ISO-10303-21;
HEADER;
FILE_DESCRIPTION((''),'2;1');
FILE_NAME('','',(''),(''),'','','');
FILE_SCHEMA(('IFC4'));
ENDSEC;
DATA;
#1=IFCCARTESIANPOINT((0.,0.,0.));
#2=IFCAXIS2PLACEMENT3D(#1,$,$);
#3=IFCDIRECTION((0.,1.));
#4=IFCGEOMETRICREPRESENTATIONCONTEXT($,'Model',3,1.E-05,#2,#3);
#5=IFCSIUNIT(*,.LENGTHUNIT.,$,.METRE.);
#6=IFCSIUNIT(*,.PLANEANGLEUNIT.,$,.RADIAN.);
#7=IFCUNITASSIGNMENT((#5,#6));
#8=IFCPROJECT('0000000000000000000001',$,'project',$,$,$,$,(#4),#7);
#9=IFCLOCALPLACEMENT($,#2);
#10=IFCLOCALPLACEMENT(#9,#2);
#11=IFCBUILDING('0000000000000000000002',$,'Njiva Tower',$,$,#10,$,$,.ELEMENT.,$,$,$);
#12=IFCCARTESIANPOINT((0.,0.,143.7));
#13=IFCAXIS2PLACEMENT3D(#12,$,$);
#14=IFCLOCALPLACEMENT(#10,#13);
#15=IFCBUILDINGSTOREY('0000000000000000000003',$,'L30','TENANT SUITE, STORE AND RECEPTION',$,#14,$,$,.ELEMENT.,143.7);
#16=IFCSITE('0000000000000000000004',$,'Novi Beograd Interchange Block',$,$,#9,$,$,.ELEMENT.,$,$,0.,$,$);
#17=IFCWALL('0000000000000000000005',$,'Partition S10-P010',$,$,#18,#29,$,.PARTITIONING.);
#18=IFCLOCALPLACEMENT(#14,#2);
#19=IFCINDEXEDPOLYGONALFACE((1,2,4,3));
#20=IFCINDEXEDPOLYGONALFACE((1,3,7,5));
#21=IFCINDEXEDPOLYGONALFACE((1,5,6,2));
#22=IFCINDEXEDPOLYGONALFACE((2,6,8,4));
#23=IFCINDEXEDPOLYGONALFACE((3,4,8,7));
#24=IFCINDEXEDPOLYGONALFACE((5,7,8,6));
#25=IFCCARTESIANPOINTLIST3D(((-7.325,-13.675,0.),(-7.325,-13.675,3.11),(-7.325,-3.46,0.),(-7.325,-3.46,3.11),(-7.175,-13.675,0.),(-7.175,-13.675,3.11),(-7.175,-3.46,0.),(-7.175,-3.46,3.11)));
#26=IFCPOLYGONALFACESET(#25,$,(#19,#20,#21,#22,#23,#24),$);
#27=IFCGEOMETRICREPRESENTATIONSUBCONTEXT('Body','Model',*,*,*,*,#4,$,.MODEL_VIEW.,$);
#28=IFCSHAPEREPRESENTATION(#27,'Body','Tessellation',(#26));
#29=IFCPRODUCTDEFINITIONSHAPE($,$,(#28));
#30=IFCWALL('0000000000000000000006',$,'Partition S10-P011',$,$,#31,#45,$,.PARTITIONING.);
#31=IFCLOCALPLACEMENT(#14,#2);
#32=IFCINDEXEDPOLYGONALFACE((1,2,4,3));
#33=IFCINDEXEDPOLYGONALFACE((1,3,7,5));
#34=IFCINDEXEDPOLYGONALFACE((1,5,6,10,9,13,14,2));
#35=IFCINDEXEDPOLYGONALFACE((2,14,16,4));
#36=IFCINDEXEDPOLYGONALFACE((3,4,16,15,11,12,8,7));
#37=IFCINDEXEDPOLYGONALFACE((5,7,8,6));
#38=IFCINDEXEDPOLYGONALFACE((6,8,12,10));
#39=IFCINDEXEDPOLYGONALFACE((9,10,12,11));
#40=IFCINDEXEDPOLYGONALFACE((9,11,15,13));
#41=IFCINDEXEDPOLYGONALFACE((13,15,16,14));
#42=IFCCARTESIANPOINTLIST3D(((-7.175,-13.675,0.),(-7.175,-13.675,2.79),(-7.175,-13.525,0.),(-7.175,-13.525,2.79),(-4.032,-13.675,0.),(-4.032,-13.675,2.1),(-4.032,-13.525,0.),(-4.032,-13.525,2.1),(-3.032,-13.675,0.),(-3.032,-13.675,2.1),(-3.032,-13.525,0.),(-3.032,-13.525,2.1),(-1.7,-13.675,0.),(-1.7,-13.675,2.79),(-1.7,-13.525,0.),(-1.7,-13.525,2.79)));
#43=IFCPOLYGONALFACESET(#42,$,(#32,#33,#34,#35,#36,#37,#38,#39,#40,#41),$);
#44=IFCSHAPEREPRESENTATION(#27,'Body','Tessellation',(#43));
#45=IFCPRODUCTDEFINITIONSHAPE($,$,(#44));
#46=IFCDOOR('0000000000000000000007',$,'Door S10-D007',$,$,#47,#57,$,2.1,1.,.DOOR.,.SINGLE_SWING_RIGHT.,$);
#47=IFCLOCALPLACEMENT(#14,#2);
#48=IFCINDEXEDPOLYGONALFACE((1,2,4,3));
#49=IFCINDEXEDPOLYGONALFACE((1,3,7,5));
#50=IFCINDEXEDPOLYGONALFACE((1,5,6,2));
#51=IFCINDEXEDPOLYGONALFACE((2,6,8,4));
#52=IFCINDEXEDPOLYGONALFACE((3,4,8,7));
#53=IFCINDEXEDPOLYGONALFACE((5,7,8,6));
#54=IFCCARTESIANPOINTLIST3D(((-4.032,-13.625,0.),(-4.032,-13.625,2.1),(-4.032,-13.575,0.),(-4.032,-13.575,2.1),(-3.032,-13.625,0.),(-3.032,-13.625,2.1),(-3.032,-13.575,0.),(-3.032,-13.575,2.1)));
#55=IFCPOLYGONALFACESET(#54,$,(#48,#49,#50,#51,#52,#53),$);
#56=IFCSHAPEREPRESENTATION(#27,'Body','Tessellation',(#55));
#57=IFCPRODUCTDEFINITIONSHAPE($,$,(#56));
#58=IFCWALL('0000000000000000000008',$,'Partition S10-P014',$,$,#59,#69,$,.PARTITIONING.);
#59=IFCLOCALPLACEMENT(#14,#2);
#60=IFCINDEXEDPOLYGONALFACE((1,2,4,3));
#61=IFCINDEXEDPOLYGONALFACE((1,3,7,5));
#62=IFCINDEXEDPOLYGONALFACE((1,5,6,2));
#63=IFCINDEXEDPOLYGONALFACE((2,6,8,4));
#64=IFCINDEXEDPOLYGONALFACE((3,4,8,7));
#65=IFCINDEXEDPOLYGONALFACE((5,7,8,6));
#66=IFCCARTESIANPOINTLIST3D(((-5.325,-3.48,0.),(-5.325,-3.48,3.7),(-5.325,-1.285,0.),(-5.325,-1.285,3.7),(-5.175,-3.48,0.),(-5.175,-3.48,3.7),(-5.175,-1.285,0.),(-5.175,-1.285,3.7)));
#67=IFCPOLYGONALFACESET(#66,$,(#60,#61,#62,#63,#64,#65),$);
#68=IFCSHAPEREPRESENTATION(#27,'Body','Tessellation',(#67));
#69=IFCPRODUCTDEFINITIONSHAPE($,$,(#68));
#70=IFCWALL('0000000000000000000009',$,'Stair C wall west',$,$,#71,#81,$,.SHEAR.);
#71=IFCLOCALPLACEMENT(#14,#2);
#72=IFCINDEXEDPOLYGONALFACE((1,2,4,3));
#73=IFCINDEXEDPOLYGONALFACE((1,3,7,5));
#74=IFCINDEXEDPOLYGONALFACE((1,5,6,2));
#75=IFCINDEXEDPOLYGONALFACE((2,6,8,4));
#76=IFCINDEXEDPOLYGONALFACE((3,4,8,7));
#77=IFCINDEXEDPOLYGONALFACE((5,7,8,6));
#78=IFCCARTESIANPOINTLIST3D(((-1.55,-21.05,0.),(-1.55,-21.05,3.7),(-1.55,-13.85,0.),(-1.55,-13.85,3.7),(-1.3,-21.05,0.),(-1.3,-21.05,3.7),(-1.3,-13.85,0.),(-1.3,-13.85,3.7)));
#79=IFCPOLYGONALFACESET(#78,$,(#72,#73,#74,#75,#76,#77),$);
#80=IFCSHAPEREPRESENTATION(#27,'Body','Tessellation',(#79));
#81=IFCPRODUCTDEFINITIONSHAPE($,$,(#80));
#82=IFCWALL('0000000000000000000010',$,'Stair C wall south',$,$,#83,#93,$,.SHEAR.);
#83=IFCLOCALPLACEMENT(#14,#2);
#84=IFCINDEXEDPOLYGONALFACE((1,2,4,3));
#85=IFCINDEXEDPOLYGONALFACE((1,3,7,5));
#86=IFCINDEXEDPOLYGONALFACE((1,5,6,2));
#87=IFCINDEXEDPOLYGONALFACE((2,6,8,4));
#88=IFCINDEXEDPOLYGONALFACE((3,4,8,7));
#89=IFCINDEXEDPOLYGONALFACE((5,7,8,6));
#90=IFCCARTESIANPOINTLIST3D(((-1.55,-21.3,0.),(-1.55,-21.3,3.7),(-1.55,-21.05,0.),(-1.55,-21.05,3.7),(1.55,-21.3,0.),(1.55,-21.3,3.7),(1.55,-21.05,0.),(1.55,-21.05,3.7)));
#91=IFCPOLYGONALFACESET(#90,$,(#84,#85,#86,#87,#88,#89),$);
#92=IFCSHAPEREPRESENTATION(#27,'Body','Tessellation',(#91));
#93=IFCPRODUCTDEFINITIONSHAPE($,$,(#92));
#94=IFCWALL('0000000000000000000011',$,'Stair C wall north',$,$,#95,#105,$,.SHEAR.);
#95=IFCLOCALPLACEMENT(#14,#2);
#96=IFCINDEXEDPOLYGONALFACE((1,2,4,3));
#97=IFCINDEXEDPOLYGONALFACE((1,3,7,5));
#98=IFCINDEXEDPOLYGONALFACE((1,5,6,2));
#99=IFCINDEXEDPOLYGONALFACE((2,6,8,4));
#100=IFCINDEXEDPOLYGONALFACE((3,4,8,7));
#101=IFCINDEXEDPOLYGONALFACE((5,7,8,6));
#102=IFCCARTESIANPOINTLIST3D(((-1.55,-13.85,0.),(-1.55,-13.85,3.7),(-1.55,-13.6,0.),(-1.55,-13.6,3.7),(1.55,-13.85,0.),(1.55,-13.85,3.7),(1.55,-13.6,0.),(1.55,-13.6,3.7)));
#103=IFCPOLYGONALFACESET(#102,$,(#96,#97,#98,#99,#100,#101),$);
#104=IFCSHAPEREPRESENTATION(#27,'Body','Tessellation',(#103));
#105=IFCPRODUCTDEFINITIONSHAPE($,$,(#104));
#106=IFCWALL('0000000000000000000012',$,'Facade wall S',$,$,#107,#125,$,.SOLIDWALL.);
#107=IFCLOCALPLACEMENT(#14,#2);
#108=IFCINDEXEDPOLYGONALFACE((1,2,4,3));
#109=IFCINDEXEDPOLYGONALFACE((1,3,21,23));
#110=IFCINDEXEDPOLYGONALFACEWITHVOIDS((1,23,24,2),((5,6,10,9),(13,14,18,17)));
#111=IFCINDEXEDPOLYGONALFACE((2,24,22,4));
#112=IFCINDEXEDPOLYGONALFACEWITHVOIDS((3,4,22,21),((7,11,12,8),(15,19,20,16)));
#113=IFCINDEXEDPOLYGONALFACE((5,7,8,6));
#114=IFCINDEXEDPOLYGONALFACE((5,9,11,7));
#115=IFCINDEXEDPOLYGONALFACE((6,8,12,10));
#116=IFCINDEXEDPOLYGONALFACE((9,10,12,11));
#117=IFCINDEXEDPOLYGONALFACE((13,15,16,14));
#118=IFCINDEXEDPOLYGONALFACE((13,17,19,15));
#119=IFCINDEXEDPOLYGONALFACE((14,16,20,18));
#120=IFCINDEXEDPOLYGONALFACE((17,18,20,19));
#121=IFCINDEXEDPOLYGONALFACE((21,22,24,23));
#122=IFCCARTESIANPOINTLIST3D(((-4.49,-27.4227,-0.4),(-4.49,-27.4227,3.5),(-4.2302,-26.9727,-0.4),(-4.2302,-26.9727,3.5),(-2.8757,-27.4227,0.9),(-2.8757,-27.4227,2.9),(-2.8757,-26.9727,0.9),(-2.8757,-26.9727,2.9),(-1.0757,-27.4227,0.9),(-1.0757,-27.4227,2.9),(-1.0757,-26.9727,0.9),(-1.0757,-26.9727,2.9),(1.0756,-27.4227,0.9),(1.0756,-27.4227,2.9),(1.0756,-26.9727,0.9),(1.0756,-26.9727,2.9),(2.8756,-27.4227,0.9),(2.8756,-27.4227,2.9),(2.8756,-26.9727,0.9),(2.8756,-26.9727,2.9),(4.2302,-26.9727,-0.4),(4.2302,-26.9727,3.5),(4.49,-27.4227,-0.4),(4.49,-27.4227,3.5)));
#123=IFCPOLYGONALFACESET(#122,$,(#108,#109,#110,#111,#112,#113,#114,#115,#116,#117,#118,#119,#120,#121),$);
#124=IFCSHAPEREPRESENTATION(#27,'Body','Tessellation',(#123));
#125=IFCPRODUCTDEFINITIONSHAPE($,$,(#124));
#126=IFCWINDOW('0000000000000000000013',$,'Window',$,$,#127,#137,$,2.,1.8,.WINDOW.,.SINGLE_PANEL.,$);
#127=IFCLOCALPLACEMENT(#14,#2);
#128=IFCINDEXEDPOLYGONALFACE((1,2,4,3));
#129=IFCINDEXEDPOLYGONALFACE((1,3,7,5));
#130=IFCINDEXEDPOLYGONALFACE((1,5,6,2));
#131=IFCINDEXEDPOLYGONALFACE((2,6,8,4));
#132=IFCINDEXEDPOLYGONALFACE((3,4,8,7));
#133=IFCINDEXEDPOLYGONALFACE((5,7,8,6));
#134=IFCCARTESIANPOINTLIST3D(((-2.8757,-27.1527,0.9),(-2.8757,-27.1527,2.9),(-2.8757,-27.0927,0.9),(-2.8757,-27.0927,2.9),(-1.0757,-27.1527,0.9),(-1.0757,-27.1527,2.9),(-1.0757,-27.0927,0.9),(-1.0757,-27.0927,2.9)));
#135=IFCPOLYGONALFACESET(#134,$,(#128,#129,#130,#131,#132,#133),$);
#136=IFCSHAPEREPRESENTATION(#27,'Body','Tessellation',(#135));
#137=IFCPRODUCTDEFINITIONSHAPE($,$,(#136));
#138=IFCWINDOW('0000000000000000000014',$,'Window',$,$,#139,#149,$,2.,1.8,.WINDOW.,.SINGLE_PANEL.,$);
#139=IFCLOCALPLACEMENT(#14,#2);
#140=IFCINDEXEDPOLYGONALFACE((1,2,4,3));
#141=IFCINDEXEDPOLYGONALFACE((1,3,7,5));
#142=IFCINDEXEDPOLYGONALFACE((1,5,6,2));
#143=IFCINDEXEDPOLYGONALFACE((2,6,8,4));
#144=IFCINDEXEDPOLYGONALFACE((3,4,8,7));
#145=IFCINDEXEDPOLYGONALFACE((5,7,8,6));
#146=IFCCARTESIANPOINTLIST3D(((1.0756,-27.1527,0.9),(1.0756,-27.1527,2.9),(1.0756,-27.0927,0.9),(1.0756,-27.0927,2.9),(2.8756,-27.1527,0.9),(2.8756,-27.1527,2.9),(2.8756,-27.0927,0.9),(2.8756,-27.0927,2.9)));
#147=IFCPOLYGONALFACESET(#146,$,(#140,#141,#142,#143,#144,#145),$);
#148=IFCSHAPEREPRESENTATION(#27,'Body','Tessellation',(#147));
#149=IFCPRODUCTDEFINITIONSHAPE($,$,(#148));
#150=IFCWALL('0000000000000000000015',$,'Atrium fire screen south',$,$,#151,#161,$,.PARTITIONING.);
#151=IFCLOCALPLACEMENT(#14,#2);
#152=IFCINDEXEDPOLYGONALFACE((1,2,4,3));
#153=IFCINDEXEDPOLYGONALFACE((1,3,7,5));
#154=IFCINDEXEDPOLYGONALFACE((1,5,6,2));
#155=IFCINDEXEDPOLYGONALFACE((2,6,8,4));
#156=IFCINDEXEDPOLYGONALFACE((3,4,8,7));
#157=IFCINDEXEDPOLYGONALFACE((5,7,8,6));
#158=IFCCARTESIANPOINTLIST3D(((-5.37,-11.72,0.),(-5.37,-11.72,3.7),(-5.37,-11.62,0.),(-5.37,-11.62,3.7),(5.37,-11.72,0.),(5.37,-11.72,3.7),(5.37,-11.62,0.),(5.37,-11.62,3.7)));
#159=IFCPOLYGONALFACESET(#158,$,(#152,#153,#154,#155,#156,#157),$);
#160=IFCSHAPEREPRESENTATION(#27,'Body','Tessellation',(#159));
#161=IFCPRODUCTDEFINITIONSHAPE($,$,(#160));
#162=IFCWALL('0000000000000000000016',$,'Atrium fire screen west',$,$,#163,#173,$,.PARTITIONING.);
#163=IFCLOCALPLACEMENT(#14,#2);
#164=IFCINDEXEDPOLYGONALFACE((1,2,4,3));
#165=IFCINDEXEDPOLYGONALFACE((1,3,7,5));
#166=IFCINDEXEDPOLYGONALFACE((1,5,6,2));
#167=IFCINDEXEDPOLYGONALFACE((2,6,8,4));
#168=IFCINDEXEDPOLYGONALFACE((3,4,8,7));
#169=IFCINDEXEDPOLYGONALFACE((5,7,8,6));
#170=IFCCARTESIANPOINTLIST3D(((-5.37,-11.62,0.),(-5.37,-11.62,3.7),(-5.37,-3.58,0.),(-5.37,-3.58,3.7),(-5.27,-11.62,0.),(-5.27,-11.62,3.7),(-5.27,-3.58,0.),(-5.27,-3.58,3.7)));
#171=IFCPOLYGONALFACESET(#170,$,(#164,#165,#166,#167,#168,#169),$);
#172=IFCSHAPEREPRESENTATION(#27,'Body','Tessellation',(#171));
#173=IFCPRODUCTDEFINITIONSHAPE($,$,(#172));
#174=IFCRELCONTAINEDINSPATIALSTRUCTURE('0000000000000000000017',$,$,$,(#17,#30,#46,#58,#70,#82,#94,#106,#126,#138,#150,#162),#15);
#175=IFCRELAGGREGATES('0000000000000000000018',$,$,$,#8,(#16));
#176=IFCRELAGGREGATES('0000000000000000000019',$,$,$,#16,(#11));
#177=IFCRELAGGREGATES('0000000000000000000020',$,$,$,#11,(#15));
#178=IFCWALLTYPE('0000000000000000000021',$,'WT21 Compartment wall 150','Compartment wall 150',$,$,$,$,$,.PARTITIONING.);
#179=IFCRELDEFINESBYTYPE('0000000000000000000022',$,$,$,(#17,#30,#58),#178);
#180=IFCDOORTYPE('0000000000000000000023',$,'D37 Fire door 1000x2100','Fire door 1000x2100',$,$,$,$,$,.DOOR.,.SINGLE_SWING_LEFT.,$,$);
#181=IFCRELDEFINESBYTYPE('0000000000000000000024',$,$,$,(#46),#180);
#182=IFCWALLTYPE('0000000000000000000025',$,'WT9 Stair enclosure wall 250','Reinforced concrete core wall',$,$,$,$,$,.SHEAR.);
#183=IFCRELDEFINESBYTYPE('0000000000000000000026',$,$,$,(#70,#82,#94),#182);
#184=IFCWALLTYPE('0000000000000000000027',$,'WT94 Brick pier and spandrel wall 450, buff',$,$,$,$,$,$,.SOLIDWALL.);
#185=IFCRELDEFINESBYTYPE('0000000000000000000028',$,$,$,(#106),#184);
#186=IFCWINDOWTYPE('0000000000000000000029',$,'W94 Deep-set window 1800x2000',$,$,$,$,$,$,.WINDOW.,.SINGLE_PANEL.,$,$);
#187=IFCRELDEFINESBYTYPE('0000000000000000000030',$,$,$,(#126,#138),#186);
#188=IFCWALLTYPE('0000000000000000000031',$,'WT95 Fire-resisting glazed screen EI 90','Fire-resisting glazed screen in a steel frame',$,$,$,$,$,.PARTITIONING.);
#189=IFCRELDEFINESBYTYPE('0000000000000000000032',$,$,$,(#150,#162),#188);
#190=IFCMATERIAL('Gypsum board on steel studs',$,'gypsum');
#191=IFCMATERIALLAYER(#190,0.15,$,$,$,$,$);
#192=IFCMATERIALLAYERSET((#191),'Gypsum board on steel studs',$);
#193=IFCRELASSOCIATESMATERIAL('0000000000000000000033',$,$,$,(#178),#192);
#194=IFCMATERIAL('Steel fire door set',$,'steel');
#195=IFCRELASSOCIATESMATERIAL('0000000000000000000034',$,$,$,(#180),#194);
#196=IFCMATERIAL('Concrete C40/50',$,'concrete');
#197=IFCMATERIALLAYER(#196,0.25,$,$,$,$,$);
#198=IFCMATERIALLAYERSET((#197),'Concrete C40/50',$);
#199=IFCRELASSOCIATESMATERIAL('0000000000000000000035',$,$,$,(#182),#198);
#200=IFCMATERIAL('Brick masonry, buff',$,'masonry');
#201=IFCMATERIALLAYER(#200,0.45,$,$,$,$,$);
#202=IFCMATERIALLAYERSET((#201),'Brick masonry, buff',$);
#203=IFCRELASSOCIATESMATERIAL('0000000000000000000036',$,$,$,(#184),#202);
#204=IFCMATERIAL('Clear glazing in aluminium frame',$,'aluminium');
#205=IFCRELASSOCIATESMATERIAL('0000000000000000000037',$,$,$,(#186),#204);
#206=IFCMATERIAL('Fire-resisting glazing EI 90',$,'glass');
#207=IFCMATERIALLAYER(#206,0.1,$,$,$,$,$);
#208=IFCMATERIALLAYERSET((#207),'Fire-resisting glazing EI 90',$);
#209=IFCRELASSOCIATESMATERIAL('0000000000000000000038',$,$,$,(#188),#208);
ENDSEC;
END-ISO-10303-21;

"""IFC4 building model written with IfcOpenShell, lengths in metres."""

from ifc_helpers import new_model, si_unit, direction, frame, frame_2d, origin, place, context, subcontext, project, spatial, polyline, rectangle, outline, extrude, material, layer, layer_set, type_object, element, fill, save


model = new_model("IFC4")

# Units and contexts
model_context = context("Model", 3, precision=1e-05, world=origin(), true_north=direction((0.0, 1.0)))
body_context = subcontext(model_context, "Body", "Model", "MODEL_VIEW")
ifc_project = project(units=[si_unit("LENGTHUNIT", "METRE"), si_unit("PLANEANGLEUNIT", "RADIAN")], contexts=[model_context])

# Site, building, storey
site_placement = place(None, origin())
site = spatial("IfcSite", under=ifc_project, at=site_placement, Name="Novi Beograd Interchange Block", CompositionType="ELEMENT", RefElevation=0.0)
building_placement = place(site_placement, origin())
building = spatial("IfcBuilding", under=site, at=building_placement, Name="Njiva Tower", CompositionType="ELEMENT")
storey_placement = place(building_placement, frame((0.0, 0.0, 143.7)))
storey = spatial("IfcBuildingStorey", under=building, at=storey_placement, Name="L30", Description="TENANT SUITE, STORE AND RECEPTION", CompositionType="ELEMENT", Elevation=143.7)

# Wall
ifc_material_1 = material(Name="Gypsum board on steel studs", Category="gypsum")
ifc_layer_1 = layer(ifc_material_1, 0.15)
ifc_layer_set_1 = layer_set([ifc_layer_1], Name="Gypsum board on steel studs")
wall_type_1 = type_object("IfcWallType", Name="WT21 Compartment wall 150", Description="Compartment wall 150", PredefinedType="PARTITIONING", material=ifc_layer_set_1)
wall_1_placement = place(storey_placement, frame((-7.25, -13.675, 0.0), z_axis=(0.0, 0.0, 1.0), x_axis=(0.0, 1.0, 0.0)))
element("IfcWall", 1, at=wall_1_placement, inside=storey, type_object=wall_type_1, Name="Partition S10-P010", PredefinedType="PARTITIONING", context=body_context, shape_type="SweptSolid", body=[
    extrude(rectangle(XDim=10.215, YDim=0.15, at=frame_2d((5.1075, 0.0))), origin(), (0.0, 0.0, 1.0), 3.11),
])

# Wall, opening, door
wall_2_placement = place(storey_placement, frame((-7.175, -13.6, 0.0), z_axis=(0.0, 0.0, 1.0), x_axis=(1.0, 0.0, 0.0)))
wall_2 = element("IfcWall", 2, at=wall_2_placement, inside=storey, type_object=wall_type_1, Name="Partition S10-P011", PredefinedType="PARTITIONING", context=body_context, shape_type="SweptSolid", body=[
    extrude(rectangle(XDim=5.475, YDim=0.15, at=frame_2d((2.7375, 0.0))), origin(), (0.0, 0.0, 1.0), 2.79),
])
opening_1_placement = place(wall_2_placement, frame((3.143, 0.0, 0.0)))
opening_1 = element("IfcOpeningElement", 3, at=opening_1_placement, cuts=wall_2, PredefinedType="OPENING", context=body_context, shape_type="SweptSolid", body=[
    extrude(rectangle(XDim=1.0, YDim=2.1, at=frame_2d((0.5, 1.05))), frame((0.0, 0.085, 0.0), z_axis=(0.0, -1.0, 0.0), x_axis=(1.0, 0.0, 0.0)), (0.0, 0.0, 1.0), 0.17),
])
ifc_material_2 = material(Name="Steel fire door set", Category="steel")
door_type = type_object("IfcDoorType", Name="D37 Fire door 1000x2100", Description="Fire door 1000x2100", OperationType="SINGLE_SWING_LEFT", PredefinedType="DOOR", material=ifc_material_2)
door_placement = place(opening_1_placement, origin())
door = element("IfcDoor", 4, at=door_placement, inside=storey, type_object=door_type, Name="Door S10-D007", OperationType="SINGLE_SWING_RIGHT", OverallHeight=2.1, OverallWidth=1.0, PredefinedType="DOOR", context=body_context, shape_type="SweptSolid", body=[
    extrude(rectangle(XDim=1.0, YDim=2.1, at=frame_2d((0.5, 1.05))), frame((0.0, 0.025, 0.0), z_axis=(0.0, -1.0, 0.0), x_axis=(1.0, 0.0, 0.0)), (0.0, 0.0, 1.0), 0.05),
])
fill(opening_1, door)

# Walls
wall_3_placement = place(storey_placement, frame((-5.25, -3.48, 0.0), z_axis=(0.0, 0.0, 1.0), x_axis=(0.0, 1.0, 0.0)))
element("IfcWall", 5, at=wall_3_placement, inside=storey, type_object=wall_type_1, Name="Partition S10-P014", PredefinedType="PARTITIONING", context=body_context, shape_type="SweptSolid", body=[
    extrude(rectangle(XDim=2.195, YDim=0.15, at=frame_2d((1.0975, 0.0))), origin(), (0.0, 0.0, 1.0), 3.7),
])
ifc_material_3 = material(Name="Concrete C40/50", Category="concrete")
ifc_layer_2 = layer(ifc_material_3, 0.25)
ifc_layer_set_2 = layer_set([ifc_layer_2], Name="Concrete C40/50")
wall_type_2 = type_object("IfcWallType", Name="WT9 Stair enclosure wall 250", Description="Reinforced concrete core wall", PredefinedType="SHEAR", material=ifc_layer_set_2)
wall_4_placement = place(storey_placement, frame((-1.425, -21.05, 0.0), z_axis=(0.0, 0.0, 1.0), x_axis=(0.0, 1.0, 0.0)))
element("IfcWall", 6, at=wall_4_placement, inside=storey, type_object=wall_type_2, Name="Stair C wall west", PredefinedType="SHEAR", context=body_context, shape_type="SweptSolid", body=[
    extrude(rectangle(XDim=7.2, YDim=0.25, at=frame_2d((3.6, 0.0))), origin(), (0.0, 0.0, 1.0), 3.7),
])
for number, where, z_axis, x_axis, name in (
    (7, (-1.55, -21.175, 0.0), (0.0, 0.0, 1.0), (1.0, 0.0, 0.0), "Stair C wall south"),
    (8, (-1.55, -13.725, 0.0), (0.0, 0.0, 1.0), (1.0, 0.0, 0.0), "Stair C wall north"),
):
    element("IfcWall", number, at=place(storey_placement, frame(where, z_axis=z_axis, x_axis=x_axis)), inside=storey, type_object=wall_type_2, Name=name, PredefinedType="SHEAR", context=body_context, shape_type="SweptSolid", body=[
        extrude(rectangle(XDim=3.1, YDim=0.25, at=frame_2d((1.55, 0.0))), origin(), (0.0, 0.0, 1.0), 3.7),
    ])

# Wall, openings, windows
ifc_material_4 = material(Name="Brick masonry, buff", Category="masonry")
ifc_layer_3 = layer(ifc_material_4, 0.45)
ifc_layer_set_3 = layer_set([ifc_layer_3], Name="Brick masonry, buff")
wall_type_3 = type_object("IfcWallType", Name="WT94 Brick pier and spandrel wall 450, buff", PredefinedType="SOLIDWALL", material=ifc_layer_set_3)
wall_5_placement = place(storey_placement, frame((-4.3601, -27.1977, -0.4), z_axis=(0.0, 0.0, 1.0), x_axis=(1.0, 0.0, 0.0)))
wall_5 = element("IfcWall", 9, at=wall_5_placement, inside=storey, type_object=wall_type_3, Name="Facade wall S", PredefinedType="SOLIDWALL", context=body_context, shape_type="SweptSolid", body=[
    extrude(outline(polyline([(-0.1299, -0.225), (8.8501, -0.225), (8.5903, 0.225), (0.1299, 0.225), (-0.1299, -0.225)])), origin(), (0.0, 0.0, 1.0), 3.9),
])
opening_2_placement = place(wall_5_placement, frame((1.4844, 0.0, 1.3)))
opening_2 = element("IfcOpeningElement", 10, at=opening_2_placement, cuts=wall_5, PredefinedType="OPENING", context=body_context, shape_type="SweptSolid", body=[
    extrude(rectangle(XDim=1.8, YDim=2.0, at=frame_2d((0.9, 1.0))), frame((0.0, 0.235, 0.0), z_axis=(0.0, -1.0, 0.0), x_axis=(1.0, 0.0, 0.0)), (0.0, 0.0, 1.0), 0.47),
])
opening_3_placement = place(wall_5_placement, frame((5.4357, 0.0, 1.3)))
opening_3 = element("IfcOpeningElement", 11, at=opening_3_placement, cuts=wall_5, PredefinedType="OPENING", context=body_context, shape_type="SweptSolid", body=[
    extrude(rectangle(XDim=1.8, YDim=2.0, at=frame_2d((0.9, 1.0))), frame((0.0, 0.235, 0.0), z_axis=(0.0, -1.0, 0.0), x_axis=(1.0, 0.0, 0.0)), (0.0, 0.0, 1.0), 0.47),
])
ifc_material_5 = material(Name="Clear glazing in aluminium frame", Category="aluminium")
window_type = type_object("IfcWindowType", Name="W94 Deep-set window 1800x2000", PartitioningType="SINGLE_PANEL", PredefinedType="WINDOW", material=ifc_material_5)
window_1_placement = place(opening_2_placement, origin())
window_1 = element("IfcWindow", 12, at=window_1_placement, inside=storey, type_object=window_type, Name="Window", OverallHeight=2.0, OverallWidth=1.8, PartitioningType="SINGLE_PANEL", PredefinedType="WINDOW", context=body_context, shape_type="SweptSolid", body=[
    extrude(rectangle(XDim=1.8, YDim=2.0, at=frame_2d((0.9, 1.0))), frame((0.0, 0.105, 0.0), z_axis=(0.0, -1.0, 0.0), x_axis=(1.0, 0.0, 0.0)), (0.0, 0.0, 1.0), 0.06),
])
fill(opening_2, window_1)
window_2_placement = place(opening_3_placement, origin())
window_2 = element("IfcWindow", 13, at=window_2_placement, inside=storey, type_object=window_type, Name="Window", OverallHeight=2.0, OverallWidth=1.8, PartitioningType="SINGLE_PANEL", PredefinedType="WINDOW", context=body_context, shape_type="SweptSolid", body=[
    extrude(rectangle(XDim=1.8, YDim=2.0, at=frame_2d((0.9, 1.0))), frame((0.0, 0.105, 0.0), z_axis=(0.0, -1.0, 0.0), x_axis=(1.0, 0.0, 0.0)), (0.0, 0.0, 1.0), 0.06),
])
fill(opening_3, window_2)

# Walls
ifc_material_6 = material(Name="Fire-resisting glazing EI 90", Category="glass")
ifc_layer_4 = layer(ifc_material_6, 0.1)
ifc_layer_set_4 = layer_set([ifc_layer_4], Name="Fire-resisting glazing EI 90")
wall_type_4 = type_object("IfcWallType", Name="WT95 Fire-resisting glazed screen EI 90", Description="Fire-resisting glazed screen in a steel frame", PredefinedType="PARTITIONING", material=ifc_layer_set_4)
wall_6_placement = place(storey_placement, frame((-5.37, -11.67, 0.0), z_axis=(0.0, 0.0, 1.0), x_axis=(1.0, 0.0, 0.0)))
element("IfcWall", 14, at=wall_6_placement, inside=storey, type_object=wall_type_4, Name="Atrium fire screen south", PredefinedType="PARTITIONING", context=body_context, shape_type="SweptSolid", body=[
    extrude(rectangle(XDim=10.74, YDim=0.1, at=frame_2d((5.37, 0.0))), origin(), (0.0, 0.0, 1.0), 3.7),
])
wall_7_placement = place(storey_placement, frame((-5.32, -3.58, 0.0), z_axis=(0.0, 0.0, 1.0), x_axis=(0.0, -1.0, 0.0)))
element("IfcWall", 15, at=wall_7_placement, inside=storey, type_object=wall_type_4, Name="Atrium fire screen west", PredefinedType="PARTITIONING", context=body_context, shape_type="SweptSolid", body=[
    extrude(rectangle(XDim=8.04, YDim=0.1, at=frame_2d((4.02, 0.0))), origin(), (0.0, 0.0, 1.0), 3.7),
])

save(model, "model.ifc")
